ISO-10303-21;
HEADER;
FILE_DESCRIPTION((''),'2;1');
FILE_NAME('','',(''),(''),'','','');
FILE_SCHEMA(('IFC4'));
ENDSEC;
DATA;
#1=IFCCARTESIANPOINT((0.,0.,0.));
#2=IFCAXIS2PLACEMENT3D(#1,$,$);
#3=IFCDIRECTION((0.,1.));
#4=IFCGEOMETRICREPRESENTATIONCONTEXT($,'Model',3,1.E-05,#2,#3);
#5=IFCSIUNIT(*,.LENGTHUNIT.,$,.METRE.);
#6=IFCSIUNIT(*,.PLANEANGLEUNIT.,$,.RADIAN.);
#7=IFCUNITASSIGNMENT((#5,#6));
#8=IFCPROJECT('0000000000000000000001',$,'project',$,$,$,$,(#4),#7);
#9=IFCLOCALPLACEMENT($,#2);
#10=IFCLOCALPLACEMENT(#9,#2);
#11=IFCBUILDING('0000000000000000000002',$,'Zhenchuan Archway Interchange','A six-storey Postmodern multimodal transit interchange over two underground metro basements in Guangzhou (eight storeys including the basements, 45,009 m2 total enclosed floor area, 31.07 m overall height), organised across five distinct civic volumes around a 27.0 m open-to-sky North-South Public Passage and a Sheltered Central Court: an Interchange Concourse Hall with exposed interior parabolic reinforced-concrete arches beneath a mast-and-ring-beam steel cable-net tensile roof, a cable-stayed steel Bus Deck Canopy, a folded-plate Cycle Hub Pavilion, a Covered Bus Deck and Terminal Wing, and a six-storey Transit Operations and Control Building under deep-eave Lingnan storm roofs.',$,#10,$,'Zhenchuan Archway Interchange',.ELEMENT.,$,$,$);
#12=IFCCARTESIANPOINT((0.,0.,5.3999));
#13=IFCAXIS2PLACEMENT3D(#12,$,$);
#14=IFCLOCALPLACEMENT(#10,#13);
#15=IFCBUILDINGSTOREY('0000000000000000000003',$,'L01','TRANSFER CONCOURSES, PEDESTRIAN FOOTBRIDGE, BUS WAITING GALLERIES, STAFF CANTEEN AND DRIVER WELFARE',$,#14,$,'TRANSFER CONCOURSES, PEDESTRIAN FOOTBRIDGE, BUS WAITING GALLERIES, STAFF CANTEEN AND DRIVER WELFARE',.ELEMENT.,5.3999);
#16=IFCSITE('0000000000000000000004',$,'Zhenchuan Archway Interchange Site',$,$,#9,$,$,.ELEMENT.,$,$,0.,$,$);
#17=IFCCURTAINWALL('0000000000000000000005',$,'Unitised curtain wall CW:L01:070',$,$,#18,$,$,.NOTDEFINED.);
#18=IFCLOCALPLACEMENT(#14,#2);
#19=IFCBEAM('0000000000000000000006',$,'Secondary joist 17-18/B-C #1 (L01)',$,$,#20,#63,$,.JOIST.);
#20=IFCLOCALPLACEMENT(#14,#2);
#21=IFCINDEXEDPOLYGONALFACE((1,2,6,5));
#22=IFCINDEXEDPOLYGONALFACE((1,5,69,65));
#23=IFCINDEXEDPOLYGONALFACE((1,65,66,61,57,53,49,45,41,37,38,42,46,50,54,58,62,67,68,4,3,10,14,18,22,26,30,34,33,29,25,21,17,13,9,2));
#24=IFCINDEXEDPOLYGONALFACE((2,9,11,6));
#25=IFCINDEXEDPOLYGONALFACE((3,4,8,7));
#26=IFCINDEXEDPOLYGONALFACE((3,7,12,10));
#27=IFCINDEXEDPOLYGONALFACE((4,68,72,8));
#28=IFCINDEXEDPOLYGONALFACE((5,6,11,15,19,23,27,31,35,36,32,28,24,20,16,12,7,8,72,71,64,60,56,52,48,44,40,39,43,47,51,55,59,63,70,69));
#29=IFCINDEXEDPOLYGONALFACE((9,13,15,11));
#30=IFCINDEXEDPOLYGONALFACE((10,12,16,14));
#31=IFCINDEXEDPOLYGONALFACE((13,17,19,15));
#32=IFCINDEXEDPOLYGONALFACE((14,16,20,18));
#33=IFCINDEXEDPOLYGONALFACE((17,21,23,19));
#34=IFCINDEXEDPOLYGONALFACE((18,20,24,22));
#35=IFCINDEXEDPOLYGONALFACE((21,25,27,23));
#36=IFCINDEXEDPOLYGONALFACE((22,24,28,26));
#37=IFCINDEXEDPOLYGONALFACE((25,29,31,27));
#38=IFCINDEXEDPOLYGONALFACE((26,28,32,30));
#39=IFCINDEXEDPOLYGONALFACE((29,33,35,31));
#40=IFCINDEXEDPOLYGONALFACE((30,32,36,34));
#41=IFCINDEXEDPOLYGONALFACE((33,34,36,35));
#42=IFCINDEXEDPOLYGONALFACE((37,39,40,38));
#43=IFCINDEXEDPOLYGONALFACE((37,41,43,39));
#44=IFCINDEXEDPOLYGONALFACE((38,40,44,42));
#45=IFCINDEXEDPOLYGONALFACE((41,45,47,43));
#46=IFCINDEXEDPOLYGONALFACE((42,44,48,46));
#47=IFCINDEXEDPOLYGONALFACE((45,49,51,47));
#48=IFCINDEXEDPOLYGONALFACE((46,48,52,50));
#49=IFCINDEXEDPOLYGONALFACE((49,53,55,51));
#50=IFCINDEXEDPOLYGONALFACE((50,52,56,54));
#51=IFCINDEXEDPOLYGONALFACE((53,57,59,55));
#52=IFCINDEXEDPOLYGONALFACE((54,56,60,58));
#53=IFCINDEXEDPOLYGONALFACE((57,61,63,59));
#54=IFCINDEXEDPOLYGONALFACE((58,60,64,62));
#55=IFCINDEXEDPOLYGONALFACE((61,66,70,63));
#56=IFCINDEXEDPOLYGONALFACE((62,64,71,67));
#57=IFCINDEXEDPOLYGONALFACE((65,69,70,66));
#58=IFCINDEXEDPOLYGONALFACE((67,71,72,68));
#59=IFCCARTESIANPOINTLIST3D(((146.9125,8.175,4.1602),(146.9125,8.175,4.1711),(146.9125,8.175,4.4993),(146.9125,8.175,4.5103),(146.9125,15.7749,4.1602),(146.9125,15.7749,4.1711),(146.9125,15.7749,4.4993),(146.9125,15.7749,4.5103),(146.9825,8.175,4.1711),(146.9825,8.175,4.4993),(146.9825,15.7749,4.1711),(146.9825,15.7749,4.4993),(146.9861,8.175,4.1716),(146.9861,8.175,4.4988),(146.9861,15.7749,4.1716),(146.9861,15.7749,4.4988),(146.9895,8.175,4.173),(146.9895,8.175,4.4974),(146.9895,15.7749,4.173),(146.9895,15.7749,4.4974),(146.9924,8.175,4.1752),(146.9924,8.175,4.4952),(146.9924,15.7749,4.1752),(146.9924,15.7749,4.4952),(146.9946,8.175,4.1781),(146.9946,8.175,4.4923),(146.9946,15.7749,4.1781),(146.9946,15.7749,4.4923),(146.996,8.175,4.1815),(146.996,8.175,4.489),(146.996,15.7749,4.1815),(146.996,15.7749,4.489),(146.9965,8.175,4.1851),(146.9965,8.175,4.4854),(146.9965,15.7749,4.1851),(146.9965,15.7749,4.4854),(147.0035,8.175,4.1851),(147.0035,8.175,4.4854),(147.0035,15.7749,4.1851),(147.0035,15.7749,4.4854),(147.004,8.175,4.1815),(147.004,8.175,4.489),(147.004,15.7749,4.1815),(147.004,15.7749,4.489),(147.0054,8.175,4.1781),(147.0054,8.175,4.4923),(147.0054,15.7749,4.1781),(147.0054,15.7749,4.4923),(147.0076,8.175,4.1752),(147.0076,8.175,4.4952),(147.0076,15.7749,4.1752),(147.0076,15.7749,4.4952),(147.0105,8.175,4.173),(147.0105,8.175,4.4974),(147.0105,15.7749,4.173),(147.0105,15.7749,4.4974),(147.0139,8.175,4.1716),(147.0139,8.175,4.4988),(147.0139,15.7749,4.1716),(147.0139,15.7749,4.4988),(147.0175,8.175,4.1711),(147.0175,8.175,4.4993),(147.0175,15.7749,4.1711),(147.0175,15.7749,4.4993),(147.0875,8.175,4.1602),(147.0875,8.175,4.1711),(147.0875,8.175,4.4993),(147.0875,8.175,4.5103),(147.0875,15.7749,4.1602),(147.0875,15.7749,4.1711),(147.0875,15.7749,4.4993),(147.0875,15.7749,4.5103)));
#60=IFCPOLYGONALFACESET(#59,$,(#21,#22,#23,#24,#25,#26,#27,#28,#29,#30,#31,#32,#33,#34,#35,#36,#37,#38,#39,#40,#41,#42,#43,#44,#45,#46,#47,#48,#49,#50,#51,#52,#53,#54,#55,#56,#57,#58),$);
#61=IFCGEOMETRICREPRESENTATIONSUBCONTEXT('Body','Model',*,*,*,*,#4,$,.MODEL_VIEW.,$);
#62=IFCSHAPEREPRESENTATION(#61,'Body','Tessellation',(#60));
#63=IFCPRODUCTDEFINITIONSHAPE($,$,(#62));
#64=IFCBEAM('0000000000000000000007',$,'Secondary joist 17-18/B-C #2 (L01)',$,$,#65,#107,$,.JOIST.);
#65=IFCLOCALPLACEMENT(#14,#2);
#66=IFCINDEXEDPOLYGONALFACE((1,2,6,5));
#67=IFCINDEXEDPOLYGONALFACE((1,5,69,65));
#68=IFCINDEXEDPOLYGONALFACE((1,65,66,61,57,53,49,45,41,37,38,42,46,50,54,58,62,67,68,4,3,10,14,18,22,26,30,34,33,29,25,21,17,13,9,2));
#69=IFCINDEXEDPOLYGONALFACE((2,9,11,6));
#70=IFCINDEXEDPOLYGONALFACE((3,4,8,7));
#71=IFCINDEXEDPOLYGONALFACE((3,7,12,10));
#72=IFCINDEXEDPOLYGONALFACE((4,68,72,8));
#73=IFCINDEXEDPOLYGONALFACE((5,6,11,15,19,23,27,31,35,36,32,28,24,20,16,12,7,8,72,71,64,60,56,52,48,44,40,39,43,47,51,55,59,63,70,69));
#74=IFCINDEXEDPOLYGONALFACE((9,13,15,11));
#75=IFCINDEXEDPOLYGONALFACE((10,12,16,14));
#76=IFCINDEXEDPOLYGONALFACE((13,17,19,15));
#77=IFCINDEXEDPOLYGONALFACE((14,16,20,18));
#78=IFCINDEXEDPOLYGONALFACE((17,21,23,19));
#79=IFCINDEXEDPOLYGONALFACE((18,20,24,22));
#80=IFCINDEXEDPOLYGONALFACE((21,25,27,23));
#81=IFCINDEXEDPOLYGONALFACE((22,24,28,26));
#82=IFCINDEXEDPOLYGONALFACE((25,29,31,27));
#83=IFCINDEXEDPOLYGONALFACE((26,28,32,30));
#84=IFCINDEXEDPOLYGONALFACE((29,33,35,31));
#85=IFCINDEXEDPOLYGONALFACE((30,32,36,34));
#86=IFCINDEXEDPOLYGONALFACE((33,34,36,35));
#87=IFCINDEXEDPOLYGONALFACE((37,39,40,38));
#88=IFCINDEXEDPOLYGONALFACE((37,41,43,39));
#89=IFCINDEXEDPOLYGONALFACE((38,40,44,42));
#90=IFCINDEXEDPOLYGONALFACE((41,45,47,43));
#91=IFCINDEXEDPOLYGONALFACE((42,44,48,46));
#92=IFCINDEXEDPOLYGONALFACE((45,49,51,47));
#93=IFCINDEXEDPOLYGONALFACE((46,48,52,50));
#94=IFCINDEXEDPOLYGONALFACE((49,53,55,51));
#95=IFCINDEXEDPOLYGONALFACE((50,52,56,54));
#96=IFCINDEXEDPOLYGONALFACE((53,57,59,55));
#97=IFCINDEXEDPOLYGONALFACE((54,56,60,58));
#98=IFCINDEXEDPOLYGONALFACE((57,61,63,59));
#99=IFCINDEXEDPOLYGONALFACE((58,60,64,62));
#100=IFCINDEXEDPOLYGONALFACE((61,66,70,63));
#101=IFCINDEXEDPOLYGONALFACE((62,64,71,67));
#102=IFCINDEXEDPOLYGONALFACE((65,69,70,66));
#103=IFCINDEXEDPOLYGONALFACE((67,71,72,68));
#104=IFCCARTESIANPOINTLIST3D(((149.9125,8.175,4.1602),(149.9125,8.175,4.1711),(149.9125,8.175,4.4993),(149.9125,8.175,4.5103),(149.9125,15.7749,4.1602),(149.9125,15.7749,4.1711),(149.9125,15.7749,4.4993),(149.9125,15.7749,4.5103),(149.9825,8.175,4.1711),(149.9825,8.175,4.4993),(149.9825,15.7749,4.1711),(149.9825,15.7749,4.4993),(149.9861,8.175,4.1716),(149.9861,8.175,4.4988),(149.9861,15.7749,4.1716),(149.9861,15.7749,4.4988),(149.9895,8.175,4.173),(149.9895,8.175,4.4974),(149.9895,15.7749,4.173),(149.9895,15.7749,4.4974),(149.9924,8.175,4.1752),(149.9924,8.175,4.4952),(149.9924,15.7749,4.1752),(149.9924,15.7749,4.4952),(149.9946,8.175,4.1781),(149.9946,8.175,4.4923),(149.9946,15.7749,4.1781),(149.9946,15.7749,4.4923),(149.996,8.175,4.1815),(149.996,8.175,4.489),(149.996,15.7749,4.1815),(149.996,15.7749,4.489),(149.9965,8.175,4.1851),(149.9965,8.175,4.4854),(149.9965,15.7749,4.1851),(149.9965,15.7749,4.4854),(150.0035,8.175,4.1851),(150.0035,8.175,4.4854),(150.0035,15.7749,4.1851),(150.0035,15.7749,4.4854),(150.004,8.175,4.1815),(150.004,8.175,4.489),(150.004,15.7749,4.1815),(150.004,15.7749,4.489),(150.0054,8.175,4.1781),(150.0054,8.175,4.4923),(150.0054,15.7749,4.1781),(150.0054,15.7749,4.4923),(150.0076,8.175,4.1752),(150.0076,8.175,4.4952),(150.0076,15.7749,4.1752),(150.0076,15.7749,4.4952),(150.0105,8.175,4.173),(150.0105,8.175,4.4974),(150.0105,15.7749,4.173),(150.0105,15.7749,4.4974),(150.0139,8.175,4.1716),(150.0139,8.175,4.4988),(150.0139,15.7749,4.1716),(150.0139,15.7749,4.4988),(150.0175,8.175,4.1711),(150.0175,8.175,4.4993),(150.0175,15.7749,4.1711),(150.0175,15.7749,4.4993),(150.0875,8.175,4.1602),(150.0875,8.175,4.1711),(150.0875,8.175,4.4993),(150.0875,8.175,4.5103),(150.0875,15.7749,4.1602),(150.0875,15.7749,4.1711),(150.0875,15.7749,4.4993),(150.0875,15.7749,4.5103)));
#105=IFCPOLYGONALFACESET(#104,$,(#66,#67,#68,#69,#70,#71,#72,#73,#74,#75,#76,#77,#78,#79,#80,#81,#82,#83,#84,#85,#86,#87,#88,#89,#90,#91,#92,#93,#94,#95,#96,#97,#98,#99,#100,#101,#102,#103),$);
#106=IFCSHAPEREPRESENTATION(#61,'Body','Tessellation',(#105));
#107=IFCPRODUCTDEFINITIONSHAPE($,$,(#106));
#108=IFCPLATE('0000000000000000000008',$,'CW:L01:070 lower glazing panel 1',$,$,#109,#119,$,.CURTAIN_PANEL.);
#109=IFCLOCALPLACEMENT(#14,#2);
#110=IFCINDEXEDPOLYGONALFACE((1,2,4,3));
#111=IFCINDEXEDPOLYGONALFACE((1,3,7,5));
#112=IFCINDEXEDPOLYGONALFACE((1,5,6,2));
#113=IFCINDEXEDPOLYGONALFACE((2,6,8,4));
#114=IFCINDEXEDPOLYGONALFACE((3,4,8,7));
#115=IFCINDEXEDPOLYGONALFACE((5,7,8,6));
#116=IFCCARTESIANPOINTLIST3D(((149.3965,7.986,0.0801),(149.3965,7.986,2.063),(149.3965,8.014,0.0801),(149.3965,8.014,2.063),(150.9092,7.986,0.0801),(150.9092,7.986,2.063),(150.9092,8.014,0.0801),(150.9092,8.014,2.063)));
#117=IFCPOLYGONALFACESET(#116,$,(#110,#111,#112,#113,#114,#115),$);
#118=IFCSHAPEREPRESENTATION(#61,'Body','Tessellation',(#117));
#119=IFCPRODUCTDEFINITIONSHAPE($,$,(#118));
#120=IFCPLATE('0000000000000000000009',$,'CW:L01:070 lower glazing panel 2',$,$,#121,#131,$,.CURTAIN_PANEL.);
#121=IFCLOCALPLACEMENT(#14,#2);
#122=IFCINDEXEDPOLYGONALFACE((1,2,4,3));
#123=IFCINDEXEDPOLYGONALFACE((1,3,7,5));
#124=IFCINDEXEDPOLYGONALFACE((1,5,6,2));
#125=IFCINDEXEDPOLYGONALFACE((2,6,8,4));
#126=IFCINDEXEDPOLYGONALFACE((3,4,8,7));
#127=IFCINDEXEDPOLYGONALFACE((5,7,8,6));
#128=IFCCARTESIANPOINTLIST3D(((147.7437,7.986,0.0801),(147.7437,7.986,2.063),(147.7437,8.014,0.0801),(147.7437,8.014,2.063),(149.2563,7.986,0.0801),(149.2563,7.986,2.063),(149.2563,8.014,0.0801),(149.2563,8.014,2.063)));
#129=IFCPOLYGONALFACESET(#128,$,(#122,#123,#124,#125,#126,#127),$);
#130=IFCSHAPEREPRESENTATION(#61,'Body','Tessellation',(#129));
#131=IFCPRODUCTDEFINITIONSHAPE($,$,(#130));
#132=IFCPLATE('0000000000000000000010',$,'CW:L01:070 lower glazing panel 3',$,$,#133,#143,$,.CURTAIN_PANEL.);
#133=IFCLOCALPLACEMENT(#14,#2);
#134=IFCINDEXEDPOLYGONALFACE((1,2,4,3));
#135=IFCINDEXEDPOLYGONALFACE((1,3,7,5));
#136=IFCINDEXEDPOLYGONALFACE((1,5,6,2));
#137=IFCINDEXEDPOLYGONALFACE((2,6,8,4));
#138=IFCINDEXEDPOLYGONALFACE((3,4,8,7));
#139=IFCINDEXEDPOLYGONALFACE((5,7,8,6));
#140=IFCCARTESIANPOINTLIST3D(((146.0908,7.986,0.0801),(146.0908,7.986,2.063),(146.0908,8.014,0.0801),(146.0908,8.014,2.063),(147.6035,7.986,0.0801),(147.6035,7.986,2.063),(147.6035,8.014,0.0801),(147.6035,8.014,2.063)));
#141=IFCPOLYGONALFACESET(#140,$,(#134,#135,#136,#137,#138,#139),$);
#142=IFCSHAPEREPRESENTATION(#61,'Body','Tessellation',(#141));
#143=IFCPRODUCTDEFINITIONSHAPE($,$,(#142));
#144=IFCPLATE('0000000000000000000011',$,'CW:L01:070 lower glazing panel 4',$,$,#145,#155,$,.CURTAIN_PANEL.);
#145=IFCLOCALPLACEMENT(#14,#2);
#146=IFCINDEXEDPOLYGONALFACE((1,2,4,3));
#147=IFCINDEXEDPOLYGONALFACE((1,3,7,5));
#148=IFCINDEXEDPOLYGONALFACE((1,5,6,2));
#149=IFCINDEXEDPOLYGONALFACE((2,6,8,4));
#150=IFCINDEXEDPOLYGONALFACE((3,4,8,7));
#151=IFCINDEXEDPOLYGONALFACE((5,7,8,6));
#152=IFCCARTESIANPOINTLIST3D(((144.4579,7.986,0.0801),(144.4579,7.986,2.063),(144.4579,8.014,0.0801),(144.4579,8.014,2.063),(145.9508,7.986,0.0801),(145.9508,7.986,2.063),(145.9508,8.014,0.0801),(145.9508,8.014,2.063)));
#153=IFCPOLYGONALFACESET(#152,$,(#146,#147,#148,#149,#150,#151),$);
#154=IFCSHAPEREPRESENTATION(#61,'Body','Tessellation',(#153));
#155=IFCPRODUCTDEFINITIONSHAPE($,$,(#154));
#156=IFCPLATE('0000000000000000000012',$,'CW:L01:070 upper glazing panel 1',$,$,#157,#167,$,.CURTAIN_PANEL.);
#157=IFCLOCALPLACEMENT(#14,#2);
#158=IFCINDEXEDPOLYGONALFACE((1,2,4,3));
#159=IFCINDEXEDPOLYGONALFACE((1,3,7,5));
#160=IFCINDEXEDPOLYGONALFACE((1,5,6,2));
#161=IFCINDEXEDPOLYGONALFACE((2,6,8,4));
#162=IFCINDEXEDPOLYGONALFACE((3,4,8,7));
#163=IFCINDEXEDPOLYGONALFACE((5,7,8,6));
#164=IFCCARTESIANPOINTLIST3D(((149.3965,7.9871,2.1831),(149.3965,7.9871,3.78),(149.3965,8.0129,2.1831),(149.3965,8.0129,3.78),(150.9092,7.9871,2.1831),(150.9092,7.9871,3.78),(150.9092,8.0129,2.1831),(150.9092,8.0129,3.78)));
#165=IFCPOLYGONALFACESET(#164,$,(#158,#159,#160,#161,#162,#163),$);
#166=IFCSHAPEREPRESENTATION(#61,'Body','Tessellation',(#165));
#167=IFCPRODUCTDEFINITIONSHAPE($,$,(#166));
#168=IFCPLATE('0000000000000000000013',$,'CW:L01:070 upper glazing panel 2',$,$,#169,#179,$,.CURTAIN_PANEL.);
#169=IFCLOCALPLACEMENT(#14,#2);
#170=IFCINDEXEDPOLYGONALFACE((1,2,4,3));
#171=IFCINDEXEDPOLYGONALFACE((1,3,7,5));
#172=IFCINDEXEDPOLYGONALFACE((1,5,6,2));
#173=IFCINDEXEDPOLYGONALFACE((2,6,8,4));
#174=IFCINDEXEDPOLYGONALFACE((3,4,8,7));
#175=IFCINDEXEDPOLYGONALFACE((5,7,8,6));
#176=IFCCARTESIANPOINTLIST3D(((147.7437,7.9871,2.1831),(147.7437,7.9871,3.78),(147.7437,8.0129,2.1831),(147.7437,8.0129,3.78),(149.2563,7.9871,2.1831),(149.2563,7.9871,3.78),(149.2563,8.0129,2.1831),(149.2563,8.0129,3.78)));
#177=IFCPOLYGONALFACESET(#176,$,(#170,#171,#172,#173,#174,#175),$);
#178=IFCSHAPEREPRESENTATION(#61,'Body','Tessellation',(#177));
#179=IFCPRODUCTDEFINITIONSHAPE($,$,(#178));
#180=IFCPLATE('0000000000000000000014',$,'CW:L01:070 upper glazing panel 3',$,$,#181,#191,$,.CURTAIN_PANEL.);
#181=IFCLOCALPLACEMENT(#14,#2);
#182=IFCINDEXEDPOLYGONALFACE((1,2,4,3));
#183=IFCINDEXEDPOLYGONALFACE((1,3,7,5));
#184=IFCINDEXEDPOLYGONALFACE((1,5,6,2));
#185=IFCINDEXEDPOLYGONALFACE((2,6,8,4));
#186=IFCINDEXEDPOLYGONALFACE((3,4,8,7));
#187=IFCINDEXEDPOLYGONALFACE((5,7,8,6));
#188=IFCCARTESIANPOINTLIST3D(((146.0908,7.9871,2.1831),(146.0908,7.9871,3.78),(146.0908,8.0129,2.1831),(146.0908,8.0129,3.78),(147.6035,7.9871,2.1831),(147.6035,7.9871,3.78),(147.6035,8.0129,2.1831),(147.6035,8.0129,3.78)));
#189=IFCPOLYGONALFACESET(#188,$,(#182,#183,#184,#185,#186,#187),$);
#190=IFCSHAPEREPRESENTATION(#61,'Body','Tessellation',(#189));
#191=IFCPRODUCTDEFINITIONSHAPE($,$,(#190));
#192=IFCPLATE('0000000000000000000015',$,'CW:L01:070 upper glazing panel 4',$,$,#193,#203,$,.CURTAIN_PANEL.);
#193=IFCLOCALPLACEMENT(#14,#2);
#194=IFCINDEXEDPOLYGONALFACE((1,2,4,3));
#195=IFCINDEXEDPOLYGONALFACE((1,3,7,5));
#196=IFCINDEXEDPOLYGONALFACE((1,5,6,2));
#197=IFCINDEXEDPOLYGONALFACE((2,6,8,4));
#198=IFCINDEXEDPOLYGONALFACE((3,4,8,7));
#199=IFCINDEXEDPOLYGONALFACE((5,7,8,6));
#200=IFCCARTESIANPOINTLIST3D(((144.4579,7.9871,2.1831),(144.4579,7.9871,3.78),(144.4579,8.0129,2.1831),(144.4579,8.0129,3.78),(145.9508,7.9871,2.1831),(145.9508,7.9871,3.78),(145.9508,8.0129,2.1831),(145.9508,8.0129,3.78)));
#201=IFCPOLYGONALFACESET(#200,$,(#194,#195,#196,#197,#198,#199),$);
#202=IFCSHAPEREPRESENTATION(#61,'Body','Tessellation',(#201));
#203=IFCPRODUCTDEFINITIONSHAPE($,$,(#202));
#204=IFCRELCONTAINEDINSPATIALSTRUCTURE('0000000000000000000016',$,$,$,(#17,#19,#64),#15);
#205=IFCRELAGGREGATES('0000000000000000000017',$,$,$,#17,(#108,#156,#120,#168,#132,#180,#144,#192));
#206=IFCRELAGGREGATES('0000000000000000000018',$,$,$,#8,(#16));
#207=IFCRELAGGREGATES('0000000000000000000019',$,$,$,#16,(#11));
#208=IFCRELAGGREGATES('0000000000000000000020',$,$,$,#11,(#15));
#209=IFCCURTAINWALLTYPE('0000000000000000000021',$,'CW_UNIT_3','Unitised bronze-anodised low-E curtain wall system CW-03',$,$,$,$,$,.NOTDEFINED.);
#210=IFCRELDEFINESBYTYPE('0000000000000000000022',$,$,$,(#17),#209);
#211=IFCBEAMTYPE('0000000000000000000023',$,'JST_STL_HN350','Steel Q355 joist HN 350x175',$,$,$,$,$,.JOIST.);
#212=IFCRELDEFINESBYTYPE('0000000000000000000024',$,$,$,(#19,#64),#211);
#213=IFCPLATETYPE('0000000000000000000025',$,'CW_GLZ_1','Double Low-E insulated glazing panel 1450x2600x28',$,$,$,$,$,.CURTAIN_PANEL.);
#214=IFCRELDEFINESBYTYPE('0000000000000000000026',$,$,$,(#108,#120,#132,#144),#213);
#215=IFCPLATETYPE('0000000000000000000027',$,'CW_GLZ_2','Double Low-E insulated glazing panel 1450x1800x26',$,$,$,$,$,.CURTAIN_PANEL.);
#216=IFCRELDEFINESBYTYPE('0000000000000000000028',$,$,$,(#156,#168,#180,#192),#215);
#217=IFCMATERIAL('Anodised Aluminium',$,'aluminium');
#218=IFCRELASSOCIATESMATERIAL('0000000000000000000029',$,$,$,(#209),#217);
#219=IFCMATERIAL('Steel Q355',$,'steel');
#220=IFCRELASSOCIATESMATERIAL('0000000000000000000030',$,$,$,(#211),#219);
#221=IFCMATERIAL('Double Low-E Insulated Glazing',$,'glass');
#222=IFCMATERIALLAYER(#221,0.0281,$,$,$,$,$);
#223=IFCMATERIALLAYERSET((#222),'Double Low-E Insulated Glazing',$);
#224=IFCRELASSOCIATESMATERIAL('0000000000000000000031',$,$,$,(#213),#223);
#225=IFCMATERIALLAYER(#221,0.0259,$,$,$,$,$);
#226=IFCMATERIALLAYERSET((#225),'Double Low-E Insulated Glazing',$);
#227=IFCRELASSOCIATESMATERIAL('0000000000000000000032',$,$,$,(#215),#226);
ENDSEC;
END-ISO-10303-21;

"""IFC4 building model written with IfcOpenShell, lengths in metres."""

from ifc_helpers import new_model, si_unit, direction, frame, origin, origin_2d, place, context, subcontext, project, spatial, rectangle, i_section, extrude, material, layer, layer_set, material_profile, profile_set, type_object, element, aggregate, save


model = new_model("IFC4")

# Units and contexts
model_context = context("Model", 3, precision=1e-05, world=origin(), true_north=direction((0.0, 1.0)))
body_context = subcontext(model_context, "Body", "Model", "MODEL_VIEW")
ifc_project = project(units=[si_unit("LENGTHUNIT", "METRE"), si_unit("PLANEANGLEUNIT", "RADIAN")], contexts=[model_context])

# Site, building, storey
site_placement = place(None, origin())
site = spatial("IfcSite", under=ifc_project, at=site_placement, Name="Zhenchuan Archway Interchange Site", CompositionType="ELEMENT", RefElevation=0.0)
building_placement = place(site_placement, origin())
building = spatial("IfcBuilding", under=site, at=building_placement, Name="Zhenchuan Archway Interchange", Description="A six-storey Postmodern multimodal transit interchange over two underground metro basements in Guangzhou (eight storeys including the basements, 45,009 m2 total enclosed floor area, 31.07 m overall height), organised across five distinct civic volumes around a 27.0 m open-to-sky North-South Public Passage and a Sheltered Central Court: an Interchange Concourse Hall with exposed interior parabolic reinforced-concrete arches beneath a mast-and-ring-beam steel cable-net tensile roof, a cable-stayed steel Bus Deck Canopy, a folded-plate Cycle Hub Pavilion, a Covered Bus Deck and Terminal Wing, and a six-storey Transit Operations and Control Building under deep-eave Lingnan storm roofs.", LongName="Zhenchuan Archway Interchange", CompositionType="ELEMENT")
storey_placement = place(building_placement, frame((0.0, 0.0, 5.3999)))
storey = spatial("IfcBuildingStorey", under=building, at=storey_placement, Name="L01", Description="TRANSFER CONCOURSES, PEDESTRIAN FOOTBRIDGE, BUS WAITING GALLERIES, STAFF CANTEEN AND DRIVER WELFARE", LongName="TRANSFER CONCOURSES, PEDESTRIAN FOOTBRIDGE, BUS WAITING GALLERIES, STAFF CANTEEN AND DRIVER WELFARE", CompositionType="ELEMENT", Elevation=5.3999)

# Curtain wall
ifc_material_1 = material(Name="Anodised Aluminium", Category="aluminium")
curtain_wall_type = type_object("IfcCurtainWallType", Name="CW_UNIT_3", Description="Unitised bronze-anodised low-E curtain wall system CW-03", PredefinedType="NOTDEFINED", material=ifc_material_1)
curtain_wall_placement = place(storey_placement, origin())
curtain_wall = element("IfcCurtainWall", 1, at=curtain_wall_placement, inside=storey, type_object=curtain_wall_type, Name="Unitised curtain wall CW:L01:070", PredefinedType="NOTDEFINED")

# Beams
ifc_material_2 = material(Name="Steel Q355", Category="steel")
ifc_material_profile_1 = material_profile(ifc_material_2, i_section(OverallWidth=0.175, OverallDepth=0.3501, WebThickness=0.0071, FlangeThickness=0.011, FilletRadius=0.0139, at=origin_2d()), Name="HN 350x175")
ifc_profile_set_1 = profile_set([ifc_material_profile_1], Name="Steel Q355")
beam_type_1 = type_object("IfcBeamType", Name="JST_STL_HN350", Description="Steel Q355 joist HN 350x175", PredefinedType="JOIST", material=ifc_profile_set_1)
for number, where, z_axis, x_axis, name in (
    (2, (147.0, 8.175, 4.3352), (0.0, 1.0, 0.0), (-1.0, 0.0, 0.0), "Secondary joist 17-18/B-C #1 (L01)"),
    (3, (150.0, 8.175, 4.3352), (0.0, 1.0, 0.0), (-1.0, 0.0, 0.0), "Secondary joist 17-18/B-C #2 (L01)"),
):
    element("IfcBeam", number, at=place(storey_placement, frame(where, z_axis=z_axis, x_axis=x_axis)), inside=storey, type_object=beam_type_1, Name=name, PredefinedType="JOIST", context=body_context, shape_type="SweptSolid", body=[
        extrude(i_section(OverallWidth=0.175, OverallDepth=0.3501, WebThickness=0.0071, FlangeThickness=0.011, FilletRadius=0.0139, at=origin_2d()), origin(), (0.0, 0.0, 1.0), 7.5999),
    ])

# Plates
ifc_material_3 = material(Name="Double Low-E Insulated Glazing", Category="glass")
ifc_layer_1 = layer(ifc_material_3, 0.0281)
ifc_layer_set_1 = layer_set([ifc_layer_1], Name="Double Low-E Insulated Glazing")
plate_type_1 = type_object("IfcPlateType", Name="CW_GLZ_1", Description="Double Low-E insulated glazing panel 1450x2600x28", PredefinedType="CURTAIN_PANEL", material=ifc_layer_set_1)
plate_1_placement = place(storey_placement, frame((150.1528, 8.0, 0.0801), z_axis=(0.0, 0.0, 1.0), x_axis=(-1.0, 0.0, 0.0)))
plate_1 = element("IfcPlate", 4, at=plate_1_placement, type_object=plate_type_1, Name="CW:L01:070 lower glazing panel 1", PredefinedType="CURTAIN_PANEL", context=body_context, shape_type="SweptSolid", body=[
    extrude(rectangle(XDim=1.5127, YDim=0.0281, at=origin_2d()), origin(), (0.0, 0.0, 1.0), 1.9829),
])
plate_2_placement = place(storey_placement, frame((148.5, 8.0, 0.0801), z_axis=(0.0, 0.0, 1.0), x_axis=(-1.0, 0.0, 0.0)))
plate_2 = element("IfcPlate", 5, at=plate_2_placement, type_object=plate_type_1, Name="CW:L01:070 lower glazing panel 2", PredefinedType="CURTAIN_PANEL", context=body_context, shape_type="SweptSolid", body=[
    extrude(rectangle(XDim=1.5127, YDim=0.0281, at=origin_2d()), origin(), (0.0, 0.0, 1.0), 1.9829),
])
plate_3_placement = place(storey_placement, frame((146.8472, 8.0, 0.0801), z_axis=(0.0, 0.0, 1.0), x_axis=(-1.0, 0.0, 0.0)))
plate_3 = element("IfcPlate", 6, at=plate_3_placement, type_object=plate_type_1, Name="CW:L01:070 lower glazing panel 3", PredefinedType="CURTAIN_PANEL", context=body_context, shape_type="SweptSolid", body=[
    extrude(rectangle(XDim=1.5127, YDim=0.0281, at=origin_2d()), origin(), (0.0, 0.0, 1.0), 1.9829),
])
plate_4_placement = place(storey_placement, frame((145.2043, 8.0, 0.0801), z_axis=(0.0, 0.0, 1.0), x_axis=(-1.0, 0.0, 0.0)))
plate_4 = element("IfcPlate", 7, at=plate_4_placement, type_object=plate_type_1, Name="CW:L01:070 lower glazing panel 4", PredefinedType="CURTAIN_PANEL", context=body_context, shape_type="SweptSolid", body=[
    extrude(rectangle(XDim=1.4929, YDim=0.0281, at=origin_2d()), origin(), (0.0, 0.0, 1.0), 1.9829),
])
ifc_layer_2 = layer(ifc_material_3, 0.0259)
ifc_layer_set_2 = layer_set([ifc_layer_2], Name="Double Low-E Insulated Glazing")
plate_type_2 = type_object("IfcPlateType", Name="CW_GLZ_2", Description="Double Low-E insulated glazing panel 1450x1800x26", PredefinedType="CURTAIN_PANEL", material=ifc_layer_set_2)
plate_5_placement = place(storey_placement, frame((150.1528, 8.0, 2.1831), z_axis=(0.0, 0.0, 1.0), x_axis=(-1.0, 0.0, 0.0)))
plate_5 = element("IfcPlate", 8, at=plate_5_placement, type_object=plate_type_2, Name="CW:L01:070 upper glazing panel 1", PredefinedType="CURTAIN_PANEL", context=body_context, shape_type="SweptSolid", body=[
    extrude(rectangle(XDim=1.5127, YDim=0.0259, at=origin_2d()), origin(), (0.0, 0.0, 1.0), 1.5969),
])
plate_6_placement = place(storey_placement, frame((148.5, 8.0, 2.1831), z_axis=(0.0, 0.0, 1.0), x_axis=(-1.0, 0.0, 0.0)))
plate_6 = element("IfcPlate", 9, at=plate_6_placement, type_object=plate_type_2, Name="CW:L01:070 upper glazing panel 2", PredefinedType="CURTAIN_PANEL", context=body_context, shape_type="SweptSolid", body=[
    extrude(rectangle(XDim=1.5127, YDim=0.0259, at=origin_2d()), origin(), (0.0, 0.0, 1.0), 1.5969),
])
plate_7_placement = place(storey_placement, frame((146.8472, 8.0, 2.1831), z_axis=(0.0, 0.0, 1.0), x_axis=(-1.0, 0.0, 0.0)))
plate_7 = element("IfcPlate", 10, at=plate_7_placement, type_object=plate_type_2, Name="CW:L01:070 upper glazing panel 3", PredefinedType="CURTAIN_PANEL", context=body_context, shape_type="SweptSolid", body=[
    extrude(rectangle(XDim=1.5127, YDim=0.0259, at=origin_2d()), origin(), (0.0, 0.0, 1.0), 1.5969),
])
plate_8_placement = place(storey_placement, frame((145.2043, 8.0, 2.1831), z_axis=(0.0, 0.0, 1.0), x_axis=(-1.0, 0.0, 0.0)))
plate_8 = element("IfcPlate", 11, at=plate_8_placement, type_object=plate_type_2, Name="CW:L01:070 upper glazing panel 4", PredefinedType="CURTAIN_PANEL", context=body_context, shape_type="SweptSolid", body=[
    extrude(rectangle(XDim=1.4929, YDim=0.0259, at=origin_2d()), origin(), (0.0, 0.0, 1.0), 1.5969),
])
aggregate(curtain_wall, [plate_1, plate_5, plate_2, plate_6, plate_3, plate_7, plate_4, plate_8])

save(model, "model.ifc")
